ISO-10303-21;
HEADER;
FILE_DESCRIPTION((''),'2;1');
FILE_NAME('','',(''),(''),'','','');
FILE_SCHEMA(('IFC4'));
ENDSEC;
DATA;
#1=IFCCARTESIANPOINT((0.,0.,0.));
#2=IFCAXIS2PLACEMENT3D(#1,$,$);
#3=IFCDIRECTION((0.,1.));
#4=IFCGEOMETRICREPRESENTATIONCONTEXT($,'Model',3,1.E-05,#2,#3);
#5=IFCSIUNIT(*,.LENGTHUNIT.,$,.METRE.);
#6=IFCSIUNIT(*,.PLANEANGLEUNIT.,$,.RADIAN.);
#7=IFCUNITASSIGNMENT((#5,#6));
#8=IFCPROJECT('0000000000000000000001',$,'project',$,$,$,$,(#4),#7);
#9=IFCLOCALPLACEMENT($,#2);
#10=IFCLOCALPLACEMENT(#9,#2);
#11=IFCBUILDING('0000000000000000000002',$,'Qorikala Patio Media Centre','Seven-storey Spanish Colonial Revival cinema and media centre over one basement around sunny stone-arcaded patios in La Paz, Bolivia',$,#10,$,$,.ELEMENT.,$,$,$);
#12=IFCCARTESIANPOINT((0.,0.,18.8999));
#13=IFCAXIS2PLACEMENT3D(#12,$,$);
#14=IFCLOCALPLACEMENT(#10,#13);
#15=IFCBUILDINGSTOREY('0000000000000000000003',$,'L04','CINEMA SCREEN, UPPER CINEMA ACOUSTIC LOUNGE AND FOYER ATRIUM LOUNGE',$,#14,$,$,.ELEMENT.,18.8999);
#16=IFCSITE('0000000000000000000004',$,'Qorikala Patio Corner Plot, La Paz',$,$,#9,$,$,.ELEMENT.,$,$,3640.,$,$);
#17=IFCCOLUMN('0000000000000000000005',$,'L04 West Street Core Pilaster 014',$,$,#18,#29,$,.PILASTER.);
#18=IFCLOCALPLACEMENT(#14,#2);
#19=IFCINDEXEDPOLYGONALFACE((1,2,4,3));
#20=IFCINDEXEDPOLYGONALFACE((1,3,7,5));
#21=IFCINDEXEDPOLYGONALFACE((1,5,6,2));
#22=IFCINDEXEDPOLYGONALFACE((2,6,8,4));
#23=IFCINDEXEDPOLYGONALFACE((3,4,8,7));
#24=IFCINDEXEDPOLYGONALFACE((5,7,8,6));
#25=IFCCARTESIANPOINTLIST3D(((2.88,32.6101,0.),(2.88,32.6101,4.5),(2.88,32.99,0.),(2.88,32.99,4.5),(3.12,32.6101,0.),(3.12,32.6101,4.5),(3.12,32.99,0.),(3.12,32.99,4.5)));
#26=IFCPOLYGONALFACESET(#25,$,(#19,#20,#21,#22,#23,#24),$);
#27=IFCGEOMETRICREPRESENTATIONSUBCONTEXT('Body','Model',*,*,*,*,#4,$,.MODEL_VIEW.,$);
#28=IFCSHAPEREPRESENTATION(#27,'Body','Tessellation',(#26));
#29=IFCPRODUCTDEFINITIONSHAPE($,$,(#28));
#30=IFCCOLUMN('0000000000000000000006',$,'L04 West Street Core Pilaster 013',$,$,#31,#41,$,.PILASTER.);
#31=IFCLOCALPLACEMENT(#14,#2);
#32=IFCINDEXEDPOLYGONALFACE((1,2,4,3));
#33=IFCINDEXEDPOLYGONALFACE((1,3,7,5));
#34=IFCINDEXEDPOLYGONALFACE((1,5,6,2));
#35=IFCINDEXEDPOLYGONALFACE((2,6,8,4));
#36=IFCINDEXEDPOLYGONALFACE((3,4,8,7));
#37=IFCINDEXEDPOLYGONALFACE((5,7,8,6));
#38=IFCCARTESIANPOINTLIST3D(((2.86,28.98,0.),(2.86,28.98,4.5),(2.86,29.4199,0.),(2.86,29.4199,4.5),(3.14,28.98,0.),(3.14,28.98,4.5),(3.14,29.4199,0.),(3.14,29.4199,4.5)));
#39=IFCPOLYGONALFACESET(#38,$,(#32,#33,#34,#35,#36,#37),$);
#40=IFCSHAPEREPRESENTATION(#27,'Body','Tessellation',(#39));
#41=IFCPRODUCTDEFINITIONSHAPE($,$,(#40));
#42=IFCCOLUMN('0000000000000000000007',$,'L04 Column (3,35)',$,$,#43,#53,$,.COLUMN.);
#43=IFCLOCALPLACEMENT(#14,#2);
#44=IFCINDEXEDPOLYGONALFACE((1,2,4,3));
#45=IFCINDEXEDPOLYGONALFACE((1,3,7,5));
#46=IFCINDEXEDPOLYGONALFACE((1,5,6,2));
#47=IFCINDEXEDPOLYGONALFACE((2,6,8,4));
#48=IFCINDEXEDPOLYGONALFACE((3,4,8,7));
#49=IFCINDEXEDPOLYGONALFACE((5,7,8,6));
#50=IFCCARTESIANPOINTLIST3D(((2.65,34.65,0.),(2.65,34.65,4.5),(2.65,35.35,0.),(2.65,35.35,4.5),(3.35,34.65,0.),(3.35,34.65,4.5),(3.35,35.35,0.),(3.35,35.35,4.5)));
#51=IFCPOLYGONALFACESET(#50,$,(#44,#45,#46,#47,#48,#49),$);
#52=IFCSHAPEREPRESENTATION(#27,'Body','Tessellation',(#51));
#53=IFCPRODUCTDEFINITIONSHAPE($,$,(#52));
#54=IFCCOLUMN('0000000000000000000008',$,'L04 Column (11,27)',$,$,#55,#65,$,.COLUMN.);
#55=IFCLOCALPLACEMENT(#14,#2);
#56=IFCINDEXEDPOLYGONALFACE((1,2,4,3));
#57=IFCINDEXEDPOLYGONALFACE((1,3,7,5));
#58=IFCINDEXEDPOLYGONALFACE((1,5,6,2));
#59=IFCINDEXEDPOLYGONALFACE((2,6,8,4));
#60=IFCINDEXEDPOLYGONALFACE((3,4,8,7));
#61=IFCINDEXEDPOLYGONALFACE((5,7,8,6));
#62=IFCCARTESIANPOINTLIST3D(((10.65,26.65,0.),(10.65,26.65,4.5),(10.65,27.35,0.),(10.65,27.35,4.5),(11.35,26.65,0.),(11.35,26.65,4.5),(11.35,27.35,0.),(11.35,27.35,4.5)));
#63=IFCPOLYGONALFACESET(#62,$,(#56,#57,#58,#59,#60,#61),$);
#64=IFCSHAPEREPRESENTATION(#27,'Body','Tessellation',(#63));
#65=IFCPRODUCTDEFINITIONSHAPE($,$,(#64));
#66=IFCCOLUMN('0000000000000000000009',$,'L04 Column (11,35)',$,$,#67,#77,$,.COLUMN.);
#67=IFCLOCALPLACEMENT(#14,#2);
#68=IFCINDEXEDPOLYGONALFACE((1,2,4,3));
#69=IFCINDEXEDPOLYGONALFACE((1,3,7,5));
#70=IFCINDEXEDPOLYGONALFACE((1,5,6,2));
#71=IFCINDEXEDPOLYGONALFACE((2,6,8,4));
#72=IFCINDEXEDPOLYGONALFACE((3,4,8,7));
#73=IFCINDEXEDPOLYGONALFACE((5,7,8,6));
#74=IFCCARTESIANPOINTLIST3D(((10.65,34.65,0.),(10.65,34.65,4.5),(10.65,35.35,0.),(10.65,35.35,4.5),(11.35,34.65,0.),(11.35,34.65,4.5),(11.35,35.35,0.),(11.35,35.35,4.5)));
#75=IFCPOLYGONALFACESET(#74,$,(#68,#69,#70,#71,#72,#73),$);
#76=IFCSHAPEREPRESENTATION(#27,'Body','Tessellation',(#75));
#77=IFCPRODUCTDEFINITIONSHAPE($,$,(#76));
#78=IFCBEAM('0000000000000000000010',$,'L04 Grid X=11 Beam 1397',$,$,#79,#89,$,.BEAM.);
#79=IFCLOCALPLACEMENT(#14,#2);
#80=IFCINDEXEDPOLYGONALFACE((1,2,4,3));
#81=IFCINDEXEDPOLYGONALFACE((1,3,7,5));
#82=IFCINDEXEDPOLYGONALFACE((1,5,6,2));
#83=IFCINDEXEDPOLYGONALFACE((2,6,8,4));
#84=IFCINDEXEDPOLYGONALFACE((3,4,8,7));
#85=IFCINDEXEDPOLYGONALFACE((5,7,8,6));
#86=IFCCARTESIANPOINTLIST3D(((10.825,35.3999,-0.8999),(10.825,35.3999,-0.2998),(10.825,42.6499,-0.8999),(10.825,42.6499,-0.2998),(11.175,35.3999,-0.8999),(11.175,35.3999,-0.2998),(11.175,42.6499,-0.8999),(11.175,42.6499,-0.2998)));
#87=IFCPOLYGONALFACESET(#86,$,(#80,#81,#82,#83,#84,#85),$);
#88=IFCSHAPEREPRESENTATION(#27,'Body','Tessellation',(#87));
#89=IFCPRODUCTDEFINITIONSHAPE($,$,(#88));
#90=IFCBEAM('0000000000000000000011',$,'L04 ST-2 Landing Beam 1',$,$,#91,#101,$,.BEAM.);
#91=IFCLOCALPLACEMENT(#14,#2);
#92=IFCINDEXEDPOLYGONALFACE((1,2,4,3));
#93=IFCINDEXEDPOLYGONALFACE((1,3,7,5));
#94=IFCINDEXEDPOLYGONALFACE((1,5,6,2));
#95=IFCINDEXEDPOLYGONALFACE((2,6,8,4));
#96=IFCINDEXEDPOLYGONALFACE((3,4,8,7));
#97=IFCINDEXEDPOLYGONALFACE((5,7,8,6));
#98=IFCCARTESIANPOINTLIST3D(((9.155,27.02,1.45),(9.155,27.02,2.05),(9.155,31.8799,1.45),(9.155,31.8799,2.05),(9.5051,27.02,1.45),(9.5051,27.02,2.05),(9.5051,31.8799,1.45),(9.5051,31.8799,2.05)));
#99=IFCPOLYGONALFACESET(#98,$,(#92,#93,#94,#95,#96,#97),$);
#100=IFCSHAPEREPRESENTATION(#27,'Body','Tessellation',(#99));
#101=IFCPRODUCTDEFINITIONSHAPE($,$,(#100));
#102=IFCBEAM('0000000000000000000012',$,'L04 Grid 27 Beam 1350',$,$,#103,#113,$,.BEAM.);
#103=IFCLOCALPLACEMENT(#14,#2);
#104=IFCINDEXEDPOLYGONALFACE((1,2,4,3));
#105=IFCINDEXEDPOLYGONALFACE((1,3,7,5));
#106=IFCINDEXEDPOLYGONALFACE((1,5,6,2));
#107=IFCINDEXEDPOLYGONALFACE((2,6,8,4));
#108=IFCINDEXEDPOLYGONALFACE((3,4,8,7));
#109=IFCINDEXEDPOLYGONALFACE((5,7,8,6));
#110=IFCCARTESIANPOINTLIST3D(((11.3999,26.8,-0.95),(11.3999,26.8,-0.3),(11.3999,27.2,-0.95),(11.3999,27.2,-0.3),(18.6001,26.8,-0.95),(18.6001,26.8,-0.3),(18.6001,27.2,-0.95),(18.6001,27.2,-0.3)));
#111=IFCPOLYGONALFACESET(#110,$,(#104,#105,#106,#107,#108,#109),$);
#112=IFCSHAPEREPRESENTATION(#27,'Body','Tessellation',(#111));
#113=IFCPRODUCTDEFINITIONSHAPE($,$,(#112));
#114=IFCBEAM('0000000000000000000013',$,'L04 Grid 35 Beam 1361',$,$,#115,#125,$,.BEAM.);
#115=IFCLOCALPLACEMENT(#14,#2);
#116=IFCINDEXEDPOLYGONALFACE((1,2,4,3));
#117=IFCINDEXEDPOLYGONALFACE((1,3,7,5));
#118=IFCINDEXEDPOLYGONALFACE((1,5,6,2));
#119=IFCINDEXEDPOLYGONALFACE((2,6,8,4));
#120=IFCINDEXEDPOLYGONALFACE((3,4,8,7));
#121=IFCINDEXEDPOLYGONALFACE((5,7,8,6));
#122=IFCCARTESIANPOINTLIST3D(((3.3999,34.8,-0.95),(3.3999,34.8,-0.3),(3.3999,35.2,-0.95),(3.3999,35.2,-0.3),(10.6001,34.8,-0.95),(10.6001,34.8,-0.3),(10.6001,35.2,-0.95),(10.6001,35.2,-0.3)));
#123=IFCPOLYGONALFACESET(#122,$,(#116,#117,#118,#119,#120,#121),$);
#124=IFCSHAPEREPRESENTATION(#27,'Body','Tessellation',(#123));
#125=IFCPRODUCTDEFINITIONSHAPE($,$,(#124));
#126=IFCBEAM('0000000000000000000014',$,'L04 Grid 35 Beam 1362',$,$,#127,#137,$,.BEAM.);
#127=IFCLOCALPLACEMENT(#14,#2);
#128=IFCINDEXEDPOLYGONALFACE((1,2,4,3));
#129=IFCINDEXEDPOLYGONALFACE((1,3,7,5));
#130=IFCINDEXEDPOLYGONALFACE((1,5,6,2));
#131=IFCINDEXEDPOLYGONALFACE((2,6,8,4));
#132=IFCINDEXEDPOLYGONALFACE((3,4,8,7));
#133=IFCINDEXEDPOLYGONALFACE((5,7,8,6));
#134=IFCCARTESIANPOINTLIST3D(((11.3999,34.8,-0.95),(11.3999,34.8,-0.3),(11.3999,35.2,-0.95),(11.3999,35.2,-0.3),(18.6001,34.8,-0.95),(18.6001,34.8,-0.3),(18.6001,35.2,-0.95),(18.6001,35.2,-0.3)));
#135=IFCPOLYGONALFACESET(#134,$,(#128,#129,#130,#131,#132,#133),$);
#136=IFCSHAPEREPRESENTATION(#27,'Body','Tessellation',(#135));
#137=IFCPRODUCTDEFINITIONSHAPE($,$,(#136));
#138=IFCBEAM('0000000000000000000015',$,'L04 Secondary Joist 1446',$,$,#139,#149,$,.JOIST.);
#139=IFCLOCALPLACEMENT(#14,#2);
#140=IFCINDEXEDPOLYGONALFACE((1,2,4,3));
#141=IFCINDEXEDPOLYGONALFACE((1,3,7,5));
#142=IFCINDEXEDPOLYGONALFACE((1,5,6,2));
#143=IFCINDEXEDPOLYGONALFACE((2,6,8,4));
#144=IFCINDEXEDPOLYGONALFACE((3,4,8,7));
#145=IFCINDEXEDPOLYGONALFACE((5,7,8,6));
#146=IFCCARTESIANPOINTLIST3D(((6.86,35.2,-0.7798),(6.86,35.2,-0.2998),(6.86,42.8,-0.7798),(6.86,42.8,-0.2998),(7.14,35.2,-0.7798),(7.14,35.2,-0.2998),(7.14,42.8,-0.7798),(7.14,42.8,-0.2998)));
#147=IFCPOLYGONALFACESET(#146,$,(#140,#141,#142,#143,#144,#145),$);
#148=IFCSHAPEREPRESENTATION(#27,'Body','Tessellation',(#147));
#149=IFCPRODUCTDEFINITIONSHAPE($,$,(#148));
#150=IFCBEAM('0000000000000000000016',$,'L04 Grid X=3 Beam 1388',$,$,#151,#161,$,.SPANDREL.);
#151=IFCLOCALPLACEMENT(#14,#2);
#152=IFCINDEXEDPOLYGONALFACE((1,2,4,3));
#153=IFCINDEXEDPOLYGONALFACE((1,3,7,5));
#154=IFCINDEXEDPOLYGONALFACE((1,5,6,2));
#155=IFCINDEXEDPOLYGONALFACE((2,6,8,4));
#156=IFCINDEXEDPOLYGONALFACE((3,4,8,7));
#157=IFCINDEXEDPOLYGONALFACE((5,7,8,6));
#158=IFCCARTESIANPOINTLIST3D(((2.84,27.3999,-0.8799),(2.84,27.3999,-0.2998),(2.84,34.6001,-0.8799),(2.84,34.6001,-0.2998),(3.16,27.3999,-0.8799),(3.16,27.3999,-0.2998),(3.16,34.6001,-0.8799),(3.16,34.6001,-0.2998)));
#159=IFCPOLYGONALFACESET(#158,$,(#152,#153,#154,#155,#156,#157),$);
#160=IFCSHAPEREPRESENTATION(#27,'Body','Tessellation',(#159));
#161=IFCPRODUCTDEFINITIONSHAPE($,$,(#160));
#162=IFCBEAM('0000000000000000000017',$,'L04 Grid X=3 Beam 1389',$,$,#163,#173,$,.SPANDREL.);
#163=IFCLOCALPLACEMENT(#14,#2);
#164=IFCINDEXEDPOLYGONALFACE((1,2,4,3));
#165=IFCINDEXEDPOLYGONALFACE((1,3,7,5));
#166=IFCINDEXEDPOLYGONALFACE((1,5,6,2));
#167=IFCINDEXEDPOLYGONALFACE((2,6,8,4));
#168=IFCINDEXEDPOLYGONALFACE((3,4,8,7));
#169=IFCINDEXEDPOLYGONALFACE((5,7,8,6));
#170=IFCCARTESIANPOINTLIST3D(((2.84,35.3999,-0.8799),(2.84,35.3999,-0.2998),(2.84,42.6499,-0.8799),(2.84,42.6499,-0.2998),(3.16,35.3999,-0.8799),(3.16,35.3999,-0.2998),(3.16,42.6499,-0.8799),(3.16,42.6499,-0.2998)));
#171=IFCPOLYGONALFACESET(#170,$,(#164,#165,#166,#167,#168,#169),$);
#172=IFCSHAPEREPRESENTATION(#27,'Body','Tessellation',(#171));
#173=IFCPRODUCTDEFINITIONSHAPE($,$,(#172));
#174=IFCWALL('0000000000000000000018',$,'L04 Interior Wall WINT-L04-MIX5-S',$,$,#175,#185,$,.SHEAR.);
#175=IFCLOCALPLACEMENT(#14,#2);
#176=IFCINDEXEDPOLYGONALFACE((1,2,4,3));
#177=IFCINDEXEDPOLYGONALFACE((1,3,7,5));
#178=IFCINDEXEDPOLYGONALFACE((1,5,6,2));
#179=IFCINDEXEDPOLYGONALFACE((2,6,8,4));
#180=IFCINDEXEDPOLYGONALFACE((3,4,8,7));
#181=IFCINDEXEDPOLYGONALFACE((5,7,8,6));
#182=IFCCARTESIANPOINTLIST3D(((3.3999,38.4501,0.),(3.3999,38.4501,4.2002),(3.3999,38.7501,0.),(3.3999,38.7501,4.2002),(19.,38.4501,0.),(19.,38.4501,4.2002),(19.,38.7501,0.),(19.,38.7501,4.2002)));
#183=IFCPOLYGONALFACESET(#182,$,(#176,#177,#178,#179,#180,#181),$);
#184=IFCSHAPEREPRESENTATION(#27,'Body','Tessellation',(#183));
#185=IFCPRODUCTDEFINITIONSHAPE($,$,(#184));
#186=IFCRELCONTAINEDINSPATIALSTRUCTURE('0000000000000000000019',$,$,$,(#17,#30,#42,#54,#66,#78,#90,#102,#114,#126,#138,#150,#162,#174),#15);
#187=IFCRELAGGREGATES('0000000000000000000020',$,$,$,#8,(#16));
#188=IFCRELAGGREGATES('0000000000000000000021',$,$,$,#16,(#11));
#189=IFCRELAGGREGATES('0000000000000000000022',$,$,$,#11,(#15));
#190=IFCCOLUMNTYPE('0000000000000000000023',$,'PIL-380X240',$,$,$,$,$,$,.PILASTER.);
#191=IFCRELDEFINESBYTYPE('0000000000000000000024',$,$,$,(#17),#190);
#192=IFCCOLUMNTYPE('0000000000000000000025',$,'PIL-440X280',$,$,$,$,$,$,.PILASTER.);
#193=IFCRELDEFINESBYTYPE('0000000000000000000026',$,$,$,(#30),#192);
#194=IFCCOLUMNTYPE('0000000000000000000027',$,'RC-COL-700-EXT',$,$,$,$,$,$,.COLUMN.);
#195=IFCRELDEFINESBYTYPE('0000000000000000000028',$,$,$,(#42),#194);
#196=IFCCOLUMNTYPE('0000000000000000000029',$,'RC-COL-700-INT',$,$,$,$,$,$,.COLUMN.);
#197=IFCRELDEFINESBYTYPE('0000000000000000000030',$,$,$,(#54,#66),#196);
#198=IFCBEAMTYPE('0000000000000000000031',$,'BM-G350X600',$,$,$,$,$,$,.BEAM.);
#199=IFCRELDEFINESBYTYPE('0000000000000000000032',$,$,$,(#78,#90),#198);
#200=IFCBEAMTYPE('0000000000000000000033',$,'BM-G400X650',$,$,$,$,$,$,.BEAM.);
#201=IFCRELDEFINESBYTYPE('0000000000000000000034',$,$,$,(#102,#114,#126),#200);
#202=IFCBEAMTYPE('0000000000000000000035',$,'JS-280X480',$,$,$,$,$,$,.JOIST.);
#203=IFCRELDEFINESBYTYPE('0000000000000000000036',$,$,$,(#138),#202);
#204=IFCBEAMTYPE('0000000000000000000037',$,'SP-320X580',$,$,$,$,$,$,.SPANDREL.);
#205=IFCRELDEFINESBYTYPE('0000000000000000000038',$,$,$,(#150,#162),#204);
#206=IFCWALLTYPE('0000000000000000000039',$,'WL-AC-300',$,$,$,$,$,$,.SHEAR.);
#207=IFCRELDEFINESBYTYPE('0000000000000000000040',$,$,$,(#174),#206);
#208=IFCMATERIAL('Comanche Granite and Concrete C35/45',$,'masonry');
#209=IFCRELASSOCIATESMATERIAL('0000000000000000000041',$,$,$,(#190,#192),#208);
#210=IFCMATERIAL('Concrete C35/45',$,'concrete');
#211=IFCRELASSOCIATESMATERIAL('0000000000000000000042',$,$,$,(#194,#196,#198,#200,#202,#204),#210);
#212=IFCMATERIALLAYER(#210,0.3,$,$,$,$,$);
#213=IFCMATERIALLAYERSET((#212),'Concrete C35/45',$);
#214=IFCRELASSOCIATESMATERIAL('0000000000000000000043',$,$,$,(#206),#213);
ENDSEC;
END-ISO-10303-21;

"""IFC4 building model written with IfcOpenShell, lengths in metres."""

from ifc_helpers import new_model, si_unit, direction, frame, frame_2d, origin, origin_2d, place, context, subcontext, project, spatial, rectangle, extrude, material, layer, layer_set, material_profile, profile_set, type_object, element, save


model = new_model("IFC4")

# Units and contexts
model_context = context("Model", 3, precision=1e-05, world=origin(), true_north=direction((0.0, 1.0)))
body_context = subcontext(model_context, "Body", "Model", "MODEL_VIEW")
ifc_project = project(units=[si_unit("LENGTHUNIT", "METRE"), si_unit("PLANEANGLEUNIT", "RADIAN")], contexts=[model_context])

# Site, building, storey
site_placement = place(None, origin())
site = spatial("IfcSite", under=ifc_project, at=site_placement, Name="Qorikala Patio Corner Plot, La Paz", CompositionType="ELEMENT", RefElevation=3640.0)
building_placement = place(site_placement, origin())
building = spatial("IfcBuilding", under=site, at=building_placement, Name="Qorikala Patio Media Centre", Description="Seven-storey Spanish Colonial Revival cinema and media centre over one basement around sunny stone-arcaded patios in La Paz, Bolivia", CompositionType="ELEMENT")
storey_placement = place(building_placement, frame((0.0, 0.0, 18.8999)))
storey = spatial("IfcBuildingStorey", under=building, at=storey_placement, Name="L04", Description="CINEMA SCREEN, UPPER CINEMA ACOUSTIC LOUNGE AND FOYER ATRIUM LOUNGE", CompositionType="ELEMENT", Elevation=18.8999)

# Columns
ifc_material_1 = material(Name="Comanche Granite and Concrete C35/45", Category="masonry")
ifc_material_profile_1 = material_profile(ifc_material_1, rectangle(XDim=0.3799, YDim=0.24, at=origin_2d()), Name="PIL 380x240")
ifc_profile_set_1 = profile_set([ifc_material_profile_1], Name="Comanche Granite and Concrete C35/45")
column_type_1 = type_object("IfcColumnType", Name="PIL-380X240", PredefinedType="PILASTER", material=ifc_profile_set_1)
column_1_placement = place(storey_placement, frame((3.0, 32.8, 0.0), z_axis=(0.0, 0.0, 1.0), x_axis=(0.0, 1.0, 0.0)))
element("IfcColumn", 1, at=column_1_placement, inside=storey, type_object=column_type_1, Name="L04 West Street Core Pilaster 014", PredefinedType="PILASTER", context=body_context, shape_type="SweptSolid", body=[
    extrude(rectangle(XDim=0.3799, YDim=0.24, at=origin_2d()), origin(), (0.0, 0.0, 1.0), 4.5),
])
ifc_material_profile_2 = material_profile(ifc_material_1, rectangle(XDim=0.4399, YDim=0.28, at=origin_2d()), Name="PIL 440x280")
ifc_profile_set_2 = profile_set([ifc_material_profile_2], Name="Comanche Granite and Concrete C35/45")
column_type_2 = type_object("IfcColumnType", Name="PIL-440X280", PredefinedType="PILASTER", material=ifc_profile_set_2)
column_2_placement = place(storey_placement, frame((3.0, 29.2, 0.0), z_axis=(0.0, 0.0, 1.0), x_axis=(0.0, 1.0, 0.0)))
element("IfcColumn", 2, at=column_2_placement, inside=storey, type_object=column_type_2, Name="L04 West Street Core Pilaster 013", PredefinedType="PILASTER", context=body_context, shape_type="SweptSolid", body=[
    extrude(rectangle(XDim=0.4399, YDim=0.28, at=origin_2d()), origin(), (0.0, 0.0, 1.0), 4.5),
])
ifc_material_2 = material(Name="Concrete C35/45", Category="concrete")
ifc_material_profile_3 = material_profile(ifc_material_2, rectangle(XDim=0.7, YDim=0.7, at=origin_2d()), Name="RC 700x700")
ifc_profile_set_3 = profile_set([ifc_material_profile_3], Name="Concrete C35/45")
column_type_3 = type_object("IfcColumnType", Name="RC-COL-700-EXT", PredefinedType="COLUMN", material=ifc_profile_set_3)
column_3_placement = place(storey_placement, frame((3.0, 35.0, 0.0), z_axis=(0.0, 0.0, 1.0), x_axis=(1.0, 0.0, 0.0)))
element("IfcColumn", 3, at=column_3_placement, inside=storey, type_object=column_type_3, Name="L04 Column (3,35)", PredefinedType="COLUMN", context=body_context, shape_type="SweptSolid", body=[
    extrude(rectangle(XDim=0.7, YDim=0.7, at=origin_2d()), origin(), (0.0, 0.0, 1.0), 4.5),
])
ifc_material_profile_4 = material_profile(ifc_material_2, rectangle(XDim=0.7, YDim=0.7, at=origin_2d()), Name="RC 700x700")
ifc_profile_set_4 = profile_set([ifc_material_profile_4], Name="Concrete C35/45")
column_type_4 = type_object("IfcColumnType", Name="RC-COL-700-INT", PredefinedType="COLUMN", material=ifc_profile_set_4)
for number, where, z_axis, x_axis, name in (
    (4, (11.0, 27.0, 0.0), (0.0, 0.0, 1.0), (1.0, 0.0, 0.0), "L04 Column (11,27)"),
    (5, (11.0, 35.0, 0.0), (0.0, 0.0, 1.0), (1.0, 0.0, 0.0), "L04 Column (11,35)"),
):
    element("IfcColumn", number, at=place(storey_placement, frame(where, z_axis=z_axis, x_axis=x_axis)), inside=storey, type_object=column_type_4, Name=name, PredefinedType="COLUMN", context=body_context, shape_type="SweptSolid", body=[
        extrude(rectangle(XDim=0.7, YDim=0.7, at=origin_2d()), origin(), (0.0, 0.0, 1.0), 4.5),
    ])

# Beams
ifc_material_profile_5 = material_profile(ifc_material_2, rectangle(XDim=0.3501, YDim=0.6001, at=origin_2d()), Name="RC 350x600")
ifc_profile_set_5 = profile_set([ifc_material_profile_5], Name="Concrete C35/45")
beam_type_1 = type_object("IfcBeamType", Name="BM-G350X600", PredefinedType="BEAM", material=ifc_profile_set_5)
beam_1_placement = place(storey_placement, frame((11.0, 35.3999, -0.5999), z_axis=(0.0, 1.0, 0.0), x_axis=(-1.0, 0.0, 0.0)))
element("IfcBeam", 6, at=beam_1_placement, inside=storey, type_object=beam_type_1, Name="L04 Grid X=11 Beam 1397", PredefinedType="BEAM", context=body_context, shape_type="SweptSolid", body=[
    extrude(rectangle(XDim=0.3501, YDim=0.6001, at=origin_2d()), origin(), (0.0, 0.0, 1.0), 7.25),
])
beam_2_placement = place(storey_placement, frame((9.3301, 27.02, 1.75), z_axis=(0.0, 1.0, 0.0), x_axis=(-1.0, 0.0, 0.0)))
element("IfcBeam", 7, at=beam_2_placement, inside=storey, type_object=beam_type_1, Name="L04 ST-2 Landing Beam 1", PredefinedType="BEAM", context=body_context, shape_type="SweptSolid", body=[
    extrude(rectangle(XDim=0.3501, YDim=0.6001, at=origin_2d()), origin(), (0.0, 0.0, 1.0), 4.8599),
])
ifc_material_profile_6 = material_profile(ifc_material_2, rectangle(XDim=0.3999, YDim=0.6499, at=origin_2d()), Name="RC 400x650")
ifc_profile_set_6 = profile_set([ifc_material_profile_6], Name="Concrete C35/45")
beam_type_2 = type_object("IfcBeamType", Name="BM-G400X650", PredefinedType="BEAM", material=ifc_profile_set_6)
for number, where, z_axis, x_axis, name in (
    (8, (11.3999, 27.0, -0.625), (1.0, 0.0, 0.0), (0.0, 1.0, 0.0), "L04 Grid 27 Beam 1350"),
    (9, (3.3999, 35.0, -0.625), (1.0, 0.0, 0.0), (0.0, 1.0, 0.0), "L04 Grid 35 Beam 1361"),
    (10, (11.3999, 35.0, -0.625), (1.0, 0.0, 0.0), (0.0, 1.0, 0.0), "L04 Grid 35 Beam 1362"),
):
    element("IfcBeam", number, at=place(storey_placement, frame(where, z_axis=z_axis, x_axis=x_axis)), inside=storey, type_object=beam_type_2, Name=name, PredefinedType="BEAM", context=body_context, shape_type="SweptSolid", body=[
        extrude(rectangle(XDim=0.3999, YDim=0.6499, at=origin_2d()), origin(), (0.0, 0.0, 1.0), 7.2002),
    ])
ifc_material_profile_7 = material_profile(ifc_material_2, rectangle(XDim=0.28, YDim=0.48, at=origin_2d()), Name="RC 280x480")
ifc_profile_set_7 = profile_set([ifc_material_profile_7], Name="Concrete C35/45")
beam_type_3 = type_object("IfcBeamType", Name="JS-280X480", PredefinedType="JOIST", material=ifc_profile_set_7)
beam_3_placement = place(storey_placement, frame((7.0, 35.2, -0.5398), z_axis=(0.0, 1.0, 0.0), x_axis=(-1.0, 0.0, 0.0)))
element("IfcBeam", 11, at=beam_3_placement, inside=storey, type_object=beam_type_3, Name="L04 Secondary Joist 1446", PredefinedType="JOIST", context=body_context, shape_type="SweptSolid", body=[
    extrude(rectangle(XDim=0.28, YDim=0.48, at=origin_2d()), origin(), (0.0, 0.0, 1.0), 7.6001),
])
ifc_material_profile_8 = material_profile(ifc_material_2, rectangle(XDim=0.3201, YDim=0.5801, at=origin_2d()), Name="RC 320x580")
ifc_profile_set_8 = profile_set([ifc_material_profile_8], Name="Concrete C35/45")
beam_type_4 = type_object("IfcBeamType", Name="SP-320X580", PredefinedType="SPANDREL", material=ifc_profile_set_8)
beam_4_placement = place(storey_placement, frame((3.0, 27.3999, -0.5898), z_axis=(0.0, 1.0, 0.0), x_axis=(-1.0, 0.0, 0.0)))
element("IfcBeam", 12, at=beam_4_placement, inside=storey, type_object=beam_type_4, Name="L04 Grid X=3 Beam 1388", PredefinedType="SPANDREL", context=body_context, shape_type="SweptSolid", body=[
    extrude(rectangle(XDim=0.3201, YDim=0.5801, at=origin_2d()), origin(), (0.0, 0.0, 1.0), 7.2002),
])
beam_5_placement = place(storey_placement, frame((3.0, 35.3999, -0.5898), z_axis=(0.0, 1.0, 0.0), x_axis=(-1.0, 0.0, 0.0)))
element("IfcBeam", 13, at=beam_5_placement, inside=storey, type_object=beam_type_4, Name="L04 Grid X=3 Beam 1389", PredefinedType="SPANDREL", context=body_context, shape_type="SweptSolid", body=[
    extrude(rectangle(XDim=0.3201, YDim=0.5801, at=origin_2d()), origin(), (0.0, 0.0, 1.0), 7.25),
])

# Wall
ifc_layer_1 = layer(ifc_material_2, 0.3)
ifc_layer_set_1 = layer_set([ifc_layer_1], Name="Concrete C35/45")
wall_type_1 = type_object("IfcWallType", Name="WL-AC-300", PredefinedType="SHEAR", material=ifc_layer_set_1)
wall_1_placement = place(storey_placement, frame((3.3999, 38.6001, 0.0), z_axis=(0.0, 0.0, 1.0), x_axis=(1.0, 0.0, 0.0)))
element("IfcWall", 14, at=wall_1_placement, inside=storey, type_object=wall_type_1, Name="L04 Interior Wall WINT-L04-MIX5-S", PredefinedType="SHEAR", context=body_context, shape_type="SweptSolid", body=[
    extrude(rectangle(XDim=15.6001, YDim=0.3, at=frame_2d((7.8, 0.0))), origin(), (0.0, 0.0, 1.0), 4.2002),
])

save(model, "model.ifc")
